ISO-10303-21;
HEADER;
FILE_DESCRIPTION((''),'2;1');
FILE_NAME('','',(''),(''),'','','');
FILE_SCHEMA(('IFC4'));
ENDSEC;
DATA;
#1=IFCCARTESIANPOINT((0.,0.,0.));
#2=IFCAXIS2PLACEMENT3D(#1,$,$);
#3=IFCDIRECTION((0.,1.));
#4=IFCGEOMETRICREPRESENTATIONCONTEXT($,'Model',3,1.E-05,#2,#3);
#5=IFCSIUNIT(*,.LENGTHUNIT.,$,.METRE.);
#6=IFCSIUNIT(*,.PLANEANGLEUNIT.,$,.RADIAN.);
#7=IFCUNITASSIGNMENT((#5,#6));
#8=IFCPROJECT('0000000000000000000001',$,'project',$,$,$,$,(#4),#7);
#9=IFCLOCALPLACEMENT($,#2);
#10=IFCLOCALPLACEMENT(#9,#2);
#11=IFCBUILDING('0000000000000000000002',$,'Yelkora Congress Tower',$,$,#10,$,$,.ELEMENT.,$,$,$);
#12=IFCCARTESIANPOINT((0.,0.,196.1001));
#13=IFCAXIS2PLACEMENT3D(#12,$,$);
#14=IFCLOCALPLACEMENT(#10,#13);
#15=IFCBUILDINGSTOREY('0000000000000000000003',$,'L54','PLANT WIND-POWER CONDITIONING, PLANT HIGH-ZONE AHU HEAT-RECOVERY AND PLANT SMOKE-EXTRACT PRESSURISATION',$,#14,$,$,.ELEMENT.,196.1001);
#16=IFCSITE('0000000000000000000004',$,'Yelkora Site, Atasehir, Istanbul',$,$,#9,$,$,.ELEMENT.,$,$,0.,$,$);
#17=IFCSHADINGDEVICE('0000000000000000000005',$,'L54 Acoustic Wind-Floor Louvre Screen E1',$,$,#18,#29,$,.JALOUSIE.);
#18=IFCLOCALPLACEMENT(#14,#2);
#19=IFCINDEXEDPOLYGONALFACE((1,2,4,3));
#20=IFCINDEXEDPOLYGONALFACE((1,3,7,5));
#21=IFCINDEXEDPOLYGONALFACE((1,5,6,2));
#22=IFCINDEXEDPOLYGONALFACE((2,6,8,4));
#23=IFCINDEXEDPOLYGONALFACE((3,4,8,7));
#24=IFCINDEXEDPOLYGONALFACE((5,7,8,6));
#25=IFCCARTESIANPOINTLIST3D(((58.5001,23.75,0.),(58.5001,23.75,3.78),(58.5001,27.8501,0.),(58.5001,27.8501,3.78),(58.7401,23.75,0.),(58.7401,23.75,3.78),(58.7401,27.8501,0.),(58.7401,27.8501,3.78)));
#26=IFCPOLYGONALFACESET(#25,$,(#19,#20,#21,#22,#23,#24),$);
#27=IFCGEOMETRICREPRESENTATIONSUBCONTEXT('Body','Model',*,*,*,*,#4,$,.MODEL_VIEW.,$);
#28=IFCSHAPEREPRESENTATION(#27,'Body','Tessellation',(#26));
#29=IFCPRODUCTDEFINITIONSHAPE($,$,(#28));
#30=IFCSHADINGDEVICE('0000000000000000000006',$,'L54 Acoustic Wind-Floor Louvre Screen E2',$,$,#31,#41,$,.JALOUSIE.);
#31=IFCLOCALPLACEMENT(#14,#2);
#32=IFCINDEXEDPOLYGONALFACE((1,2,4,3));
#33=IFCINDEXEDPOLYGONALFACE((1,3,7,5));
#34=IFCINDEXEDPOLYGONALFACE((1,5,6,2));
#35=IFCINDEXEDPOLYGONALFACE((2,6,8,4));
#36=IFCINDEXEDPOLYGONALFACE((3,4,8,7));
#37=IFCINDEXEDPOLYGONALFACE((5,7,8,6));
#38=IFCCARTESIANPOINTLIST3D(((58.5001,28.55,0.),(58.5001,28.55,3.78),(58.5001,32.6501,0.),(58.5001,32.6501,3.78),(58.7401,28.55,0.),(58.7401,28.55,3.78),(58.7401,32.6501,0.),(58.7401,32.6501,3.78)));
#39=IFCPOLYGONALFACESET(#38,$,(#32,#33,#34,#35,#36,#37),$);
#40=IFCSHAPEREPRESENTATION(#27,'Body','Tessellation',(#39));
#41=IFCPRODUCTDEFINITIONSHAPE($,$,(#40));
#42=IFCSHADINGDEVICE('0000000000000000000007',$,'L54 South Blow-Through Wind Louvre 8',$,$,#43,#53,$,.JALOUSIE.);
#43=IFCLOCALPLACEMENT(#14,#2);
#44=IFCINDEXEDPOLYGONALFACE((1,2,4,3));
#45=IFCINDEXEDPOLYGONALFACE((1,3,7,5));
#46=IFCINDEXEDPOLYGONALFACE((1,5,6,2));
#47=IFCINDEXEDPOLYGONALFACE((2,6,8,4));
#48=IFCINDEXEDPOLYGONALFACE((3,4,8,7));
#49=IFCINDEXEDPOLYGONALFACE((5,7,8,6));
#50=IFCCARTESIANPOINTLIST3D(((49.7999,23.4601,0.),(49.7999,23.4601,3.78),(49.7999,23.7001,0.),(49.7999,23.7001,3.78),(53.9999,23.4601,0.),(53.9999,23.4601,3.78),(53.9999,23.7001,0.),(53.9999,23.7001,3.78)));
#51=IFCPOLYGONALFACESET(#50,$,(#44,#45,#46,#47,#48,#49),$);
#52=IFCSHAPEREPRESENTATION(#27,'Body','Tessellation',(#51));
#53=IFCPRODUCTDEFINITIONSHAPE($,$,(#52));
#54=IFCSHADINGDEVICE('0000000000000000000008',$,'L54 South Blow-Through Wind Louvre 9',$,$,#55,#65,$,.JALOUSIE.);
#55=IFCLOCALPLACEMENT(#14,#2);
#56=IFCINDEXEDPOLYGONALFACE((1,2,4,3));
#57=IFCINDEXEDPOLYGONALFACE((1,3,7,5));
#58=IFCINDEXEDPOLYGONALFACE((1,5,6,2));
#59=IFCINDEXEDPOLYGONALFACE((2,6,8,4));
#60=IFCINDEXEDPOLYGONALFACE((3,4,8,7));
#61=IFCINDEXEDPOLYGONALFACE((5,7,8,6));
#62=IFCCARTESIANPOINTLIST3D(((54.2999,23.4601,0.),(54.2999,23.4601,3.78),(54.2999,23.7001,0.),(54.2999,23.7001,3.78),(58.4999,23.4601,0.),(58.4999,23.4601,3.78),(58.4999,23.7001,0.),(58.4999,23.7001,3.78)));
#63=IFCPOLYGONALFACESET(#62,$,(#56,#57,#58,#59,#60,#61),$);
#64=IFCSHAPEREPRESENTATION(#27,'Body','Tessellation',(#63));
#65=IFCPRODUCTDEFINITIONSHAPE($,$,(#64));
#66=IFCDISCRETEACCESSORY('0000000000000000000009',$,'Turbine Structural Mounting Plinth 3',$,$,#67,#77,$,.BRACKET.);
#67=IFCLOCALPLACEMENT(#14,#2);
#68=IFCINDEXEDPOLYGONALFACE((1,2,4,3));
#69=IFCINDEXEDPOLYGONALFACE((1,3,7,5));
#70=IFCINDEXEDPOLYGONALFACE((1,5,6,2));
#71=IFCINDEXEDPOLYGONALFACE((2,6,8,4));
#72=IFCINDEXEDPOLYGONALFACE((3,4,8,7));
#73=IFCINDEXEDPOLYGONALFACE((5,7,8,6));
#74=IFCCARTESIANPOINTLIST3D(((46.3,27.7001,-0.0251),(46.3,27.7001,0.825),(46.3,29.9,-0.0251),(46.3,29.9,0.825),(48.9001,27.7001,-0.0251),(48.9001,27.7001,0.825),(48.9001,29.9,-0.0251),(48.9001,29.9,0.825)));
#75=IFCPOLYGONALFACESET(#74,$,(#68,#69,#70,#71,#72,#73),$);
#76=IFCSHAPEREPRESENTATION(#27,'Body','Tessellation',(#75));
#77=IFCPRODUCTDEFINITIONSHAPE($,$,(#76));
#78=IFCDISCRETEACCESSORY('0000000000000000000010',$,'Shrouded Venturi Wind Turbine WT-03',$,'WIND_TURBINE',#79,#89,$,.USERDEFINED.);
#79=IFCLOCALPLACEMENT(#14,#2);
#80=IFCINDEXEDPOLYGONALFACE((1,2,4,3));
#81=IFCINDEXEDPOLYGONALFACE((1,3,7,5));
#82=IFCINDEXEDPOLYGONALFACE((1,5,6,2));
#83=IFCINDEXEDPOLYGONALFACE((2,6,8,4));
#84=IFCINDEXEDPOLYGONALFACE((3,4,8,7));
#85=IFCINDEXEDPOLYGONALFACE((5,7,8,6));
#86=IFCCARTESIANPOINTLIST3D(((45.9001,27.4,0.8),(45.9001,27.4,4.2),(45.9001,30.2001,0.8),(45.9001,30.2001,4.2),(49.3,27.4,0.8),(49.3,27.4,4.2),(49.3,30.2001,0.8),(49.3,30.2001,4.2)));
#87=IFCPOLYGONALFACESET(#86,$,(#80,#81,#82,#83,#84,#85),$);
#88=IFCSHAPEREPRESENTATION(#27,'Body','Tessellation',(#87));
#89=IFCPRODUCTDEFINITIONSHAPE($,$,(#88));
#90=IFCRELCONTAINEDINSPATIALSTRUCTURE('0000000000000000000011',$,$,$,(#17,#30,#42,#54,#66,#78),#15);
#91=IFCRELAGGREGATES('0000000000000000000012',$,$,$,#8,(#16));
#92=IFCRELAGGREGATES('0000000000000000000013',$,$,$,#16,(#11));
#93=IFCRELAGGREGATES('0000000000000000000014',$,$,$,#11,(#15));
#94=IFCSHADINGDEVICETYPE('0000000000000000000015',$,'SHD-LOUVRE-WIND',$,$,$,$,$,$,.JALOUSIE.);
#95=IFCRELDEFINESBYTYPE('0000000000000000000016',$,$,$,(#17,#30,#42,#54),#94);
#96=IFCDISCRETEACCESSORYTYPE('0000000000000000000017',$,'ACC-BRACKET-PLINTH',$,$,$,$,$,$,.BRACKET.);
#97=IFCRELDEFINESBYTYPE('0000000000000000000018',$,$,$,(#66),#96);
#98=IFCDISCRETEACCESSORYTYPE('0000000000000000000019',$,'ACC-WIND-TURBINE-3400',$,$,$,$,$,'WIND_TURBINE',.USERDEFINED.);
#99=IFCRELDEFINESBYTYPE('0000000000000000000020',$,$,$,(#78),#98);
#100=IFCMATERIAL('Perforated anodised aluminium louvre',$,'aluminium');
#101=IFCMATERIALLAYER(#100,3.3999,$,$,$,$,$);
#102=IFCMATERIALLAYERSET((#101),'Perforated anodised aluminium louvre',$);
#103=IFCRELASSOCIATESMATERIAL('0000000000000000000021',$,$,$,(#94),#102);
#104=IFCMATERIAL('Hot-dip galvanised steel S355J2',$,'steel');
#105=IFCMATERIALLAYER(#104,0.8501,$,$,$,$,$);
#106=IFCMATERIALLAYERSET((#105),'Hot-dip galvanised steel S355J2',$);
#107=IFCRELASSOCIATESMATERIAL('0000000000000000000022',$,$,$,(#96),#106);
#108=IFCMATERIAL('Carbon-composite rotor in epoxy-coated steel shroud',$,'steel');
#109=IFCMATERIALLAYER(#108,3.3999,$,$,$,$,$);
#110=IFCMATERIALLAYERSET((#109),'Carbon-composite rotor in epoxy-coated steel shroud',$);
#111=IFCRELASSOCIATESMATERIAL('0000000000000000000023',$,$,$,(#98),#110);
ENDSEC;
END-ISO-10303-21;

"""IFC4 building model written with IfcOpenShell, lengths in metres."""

from ifc_helpers import new_model, si_unit, direction, frame, origin, origin_2d, place, context, subcontext, project, spatial, rectangle, extrude, material, layer, layer_set, type_object, element, save


model = new_model("IFC4")

# Units and contexts
model_context = context("Model", 3, precision=1e-05, world=origin(), true_north=direction((0.0, 1.0)))
body_context = subcontext(model_context, "Body", "Model", "MODEL_VIEW")
ifc_project = project(units=[si_unit("LENGTHUNIT", "METRE"), si_unit("PLANEANGLEUNIT", "RADIAN")], contexts=[model_context])

# Site, building, storey
site_placement = place(None, origin())
site = spatial("IfcSite", under=ifc_project, at=site_placement, Name="Yelkora Site, Atasehir, Istanbul", CompositionType="ELEMENT", RefElevation=0.0)
building_placement = place(site_placement, origin())
building = spatial("IfcBuilding", under=site, at=building_placement, Name="Yelkora Congress Tower", CompositionType="ELEMENT")
storey_placement = place(building_placement, frame((0.0, 0.0, 196.1001)))
storey = spatial("IfcBuildingStorey", under=building, at=storey_placement, Name="L54", Description="PLANT WIND-POWER CONDITIONING, PLANT HIGH-ZONE AHU HEAT-RECOVERY AND PLANT SMOKE-EXTRACT PRESSURISATION", CompositionType="ELEMENT", Elevation=196.1001)

# Shading devices
ifc_material_1 = material(Name="Perforated anodised aluminium louvre", Category="aluminium")
ifc_layer_1 = layer(ifc_material_1, 3.3999)
ifc_layer_set_1 = layer_set([ifc_layer_1], Name="Perforated anodised aluminium louvre")
shading_device_type = type_object("IfcShadingDeviceType", Name="SHD-LOUVRE-WIND", PredefinedType="JALOUSIE", material=ifc_layer_set_1)
for number, where, z_axis, x_axis, name in (
    (1, (58.6201, 25.8, 0.0), (0.0, 0.0, 1.0), (1.0, 0.0, 0.0), "L54 Acoustic Wind-Floor Louvre Screen E1"),
    (2, (58.6201, 30.6001, 0.0), (0.0, 0.0, 1.0), (1.0, 0.0, 0.0), "L54 Acoustic Wind-Floor Louvre Screen E2"),
):
    element("IfcShadingDevice", number, at=place(storey_placement, frame(where, z_axis=z_axis, x_axis=x_axis)), inside=storey, type_object=shading_device_type, Name=name, PredefinedType="JALOUSIE", context=body_context, shape_type="SweptSolid", body=[
        extrude(rectangle(XDim=0.24, YDim=4.1001, at=origin_2d()), origin(), (0.0, 0.0, 1.0), 3.78),
    ])
for number, where, z_axis, x_axis, name in (
    (3, (51.8999, 23.5801, 0.0), (0.0, 0.0, 1.0), (1.0, 0.0, 0.0), "L54 South Blow-Through Wind Louvre 8"),
    (4, (56.3999, 23.5801, 0.0), (0.0, 0.0, 1.0), (1.0, 0.0, 0.0), "L54 South Blow-Through Wind Louvre 9"),
):
    element("IfcShadingDevice", number, at=place(storey_placement, frame(where, z_axis=z_axis, x_axis=x_axis)), inside=storey, type_object=shading_device_type, Name=name, PredefinedType="JALOUSIE", context=body_context, shape_type="SweptSolid", body=[
        extrude(rectangle(XDim=4.2, YDim=0.24, at=origin_2d()), origin(), (0.0, 0.0, 1.0), 3.78),
    ])

# Discrete accessories
ifc_material_2 = material(Name="Hot-dip galvanised steel S355J2", Category="steel")
ifc_layer_2 = layer(ifc_material_2, 0.8501)
ifc_layer_set_2 = layer_set([ifc_layer_2], Name="Hot-dip galvanised steel S355J2")
discrete_accessory_type_1 = type_object("IfcDiscreteAccessoryType", Name="ACC-BRACKET-PLINTH", PredefinedType="BRACKET", material=ifc_layer_set_2)
discrete_accessory_1_placement = place(storey_placement, frame((47.6001, 28.8, -0.0251), z_axis=(0.0, 0.0, 1.0), x_axis=(1.0, 0.0, 0.0)))
element("IfcDiscreteAccessory", 5, at=discrete_accessory_1_placement, inside=storey, type_object=discrete_accessory_type_1, Name="Turbine Structural Mounting Plinth 3", PredefinedType="BRACKET", context=body_context, shape_type="SweptSolid", body=[
    extrude(rectangle(XDim=2.6001, YDim=2.2, at=origin_2d()), origin(), (0.0, 0.0, 1.0), 0.8501),
])
ifc_material_3 = material(Name="Carbon-composite rotor in epoxy-coated steel shroud", Category="steel")
ifc_layer_3 = layer(ifc_material_3, 3.3999)
ifc_layer_set_3 = layer_set([ifc_layer_3], Name="Carbon-composite rotor in epoxy-coated steel shroud")
discrete_accessory_type_2 = type_object("IfcDiscreteAccessoryType", Name="ACC-WIND-TURBINE-3400", ElementType="WIND_TURBINE", PredefinedType="USERDEFINED", material=ifc_layer_set_3)
discrete_accessory_2_placement = place(storey_placement, frame((47.6001, 28.8, 0.8), z_axis=(0.0, 0.0, 1.0), x_axis=(1.0, 0.0, 0.0)))
element("IfcDiscreteAccessory", 6, at=discrete_accessory_2_placement, inside=storey, type_object=discrete_accessory_type_2, Name="Shrouded Venturi Wind Turbine WT-03", ObjectType="WIND_TURBINE", PredefinedType="USERDEFINED", context=body_context, shape_type="SweptSolid", body=[
    extrude(rectangle(XDim=3.3999, YDim=2.8, at=origin_2d()), origin(), (0.0, 0.0, 1.0), 3.3999),
])

save(model, "model.ifc")
